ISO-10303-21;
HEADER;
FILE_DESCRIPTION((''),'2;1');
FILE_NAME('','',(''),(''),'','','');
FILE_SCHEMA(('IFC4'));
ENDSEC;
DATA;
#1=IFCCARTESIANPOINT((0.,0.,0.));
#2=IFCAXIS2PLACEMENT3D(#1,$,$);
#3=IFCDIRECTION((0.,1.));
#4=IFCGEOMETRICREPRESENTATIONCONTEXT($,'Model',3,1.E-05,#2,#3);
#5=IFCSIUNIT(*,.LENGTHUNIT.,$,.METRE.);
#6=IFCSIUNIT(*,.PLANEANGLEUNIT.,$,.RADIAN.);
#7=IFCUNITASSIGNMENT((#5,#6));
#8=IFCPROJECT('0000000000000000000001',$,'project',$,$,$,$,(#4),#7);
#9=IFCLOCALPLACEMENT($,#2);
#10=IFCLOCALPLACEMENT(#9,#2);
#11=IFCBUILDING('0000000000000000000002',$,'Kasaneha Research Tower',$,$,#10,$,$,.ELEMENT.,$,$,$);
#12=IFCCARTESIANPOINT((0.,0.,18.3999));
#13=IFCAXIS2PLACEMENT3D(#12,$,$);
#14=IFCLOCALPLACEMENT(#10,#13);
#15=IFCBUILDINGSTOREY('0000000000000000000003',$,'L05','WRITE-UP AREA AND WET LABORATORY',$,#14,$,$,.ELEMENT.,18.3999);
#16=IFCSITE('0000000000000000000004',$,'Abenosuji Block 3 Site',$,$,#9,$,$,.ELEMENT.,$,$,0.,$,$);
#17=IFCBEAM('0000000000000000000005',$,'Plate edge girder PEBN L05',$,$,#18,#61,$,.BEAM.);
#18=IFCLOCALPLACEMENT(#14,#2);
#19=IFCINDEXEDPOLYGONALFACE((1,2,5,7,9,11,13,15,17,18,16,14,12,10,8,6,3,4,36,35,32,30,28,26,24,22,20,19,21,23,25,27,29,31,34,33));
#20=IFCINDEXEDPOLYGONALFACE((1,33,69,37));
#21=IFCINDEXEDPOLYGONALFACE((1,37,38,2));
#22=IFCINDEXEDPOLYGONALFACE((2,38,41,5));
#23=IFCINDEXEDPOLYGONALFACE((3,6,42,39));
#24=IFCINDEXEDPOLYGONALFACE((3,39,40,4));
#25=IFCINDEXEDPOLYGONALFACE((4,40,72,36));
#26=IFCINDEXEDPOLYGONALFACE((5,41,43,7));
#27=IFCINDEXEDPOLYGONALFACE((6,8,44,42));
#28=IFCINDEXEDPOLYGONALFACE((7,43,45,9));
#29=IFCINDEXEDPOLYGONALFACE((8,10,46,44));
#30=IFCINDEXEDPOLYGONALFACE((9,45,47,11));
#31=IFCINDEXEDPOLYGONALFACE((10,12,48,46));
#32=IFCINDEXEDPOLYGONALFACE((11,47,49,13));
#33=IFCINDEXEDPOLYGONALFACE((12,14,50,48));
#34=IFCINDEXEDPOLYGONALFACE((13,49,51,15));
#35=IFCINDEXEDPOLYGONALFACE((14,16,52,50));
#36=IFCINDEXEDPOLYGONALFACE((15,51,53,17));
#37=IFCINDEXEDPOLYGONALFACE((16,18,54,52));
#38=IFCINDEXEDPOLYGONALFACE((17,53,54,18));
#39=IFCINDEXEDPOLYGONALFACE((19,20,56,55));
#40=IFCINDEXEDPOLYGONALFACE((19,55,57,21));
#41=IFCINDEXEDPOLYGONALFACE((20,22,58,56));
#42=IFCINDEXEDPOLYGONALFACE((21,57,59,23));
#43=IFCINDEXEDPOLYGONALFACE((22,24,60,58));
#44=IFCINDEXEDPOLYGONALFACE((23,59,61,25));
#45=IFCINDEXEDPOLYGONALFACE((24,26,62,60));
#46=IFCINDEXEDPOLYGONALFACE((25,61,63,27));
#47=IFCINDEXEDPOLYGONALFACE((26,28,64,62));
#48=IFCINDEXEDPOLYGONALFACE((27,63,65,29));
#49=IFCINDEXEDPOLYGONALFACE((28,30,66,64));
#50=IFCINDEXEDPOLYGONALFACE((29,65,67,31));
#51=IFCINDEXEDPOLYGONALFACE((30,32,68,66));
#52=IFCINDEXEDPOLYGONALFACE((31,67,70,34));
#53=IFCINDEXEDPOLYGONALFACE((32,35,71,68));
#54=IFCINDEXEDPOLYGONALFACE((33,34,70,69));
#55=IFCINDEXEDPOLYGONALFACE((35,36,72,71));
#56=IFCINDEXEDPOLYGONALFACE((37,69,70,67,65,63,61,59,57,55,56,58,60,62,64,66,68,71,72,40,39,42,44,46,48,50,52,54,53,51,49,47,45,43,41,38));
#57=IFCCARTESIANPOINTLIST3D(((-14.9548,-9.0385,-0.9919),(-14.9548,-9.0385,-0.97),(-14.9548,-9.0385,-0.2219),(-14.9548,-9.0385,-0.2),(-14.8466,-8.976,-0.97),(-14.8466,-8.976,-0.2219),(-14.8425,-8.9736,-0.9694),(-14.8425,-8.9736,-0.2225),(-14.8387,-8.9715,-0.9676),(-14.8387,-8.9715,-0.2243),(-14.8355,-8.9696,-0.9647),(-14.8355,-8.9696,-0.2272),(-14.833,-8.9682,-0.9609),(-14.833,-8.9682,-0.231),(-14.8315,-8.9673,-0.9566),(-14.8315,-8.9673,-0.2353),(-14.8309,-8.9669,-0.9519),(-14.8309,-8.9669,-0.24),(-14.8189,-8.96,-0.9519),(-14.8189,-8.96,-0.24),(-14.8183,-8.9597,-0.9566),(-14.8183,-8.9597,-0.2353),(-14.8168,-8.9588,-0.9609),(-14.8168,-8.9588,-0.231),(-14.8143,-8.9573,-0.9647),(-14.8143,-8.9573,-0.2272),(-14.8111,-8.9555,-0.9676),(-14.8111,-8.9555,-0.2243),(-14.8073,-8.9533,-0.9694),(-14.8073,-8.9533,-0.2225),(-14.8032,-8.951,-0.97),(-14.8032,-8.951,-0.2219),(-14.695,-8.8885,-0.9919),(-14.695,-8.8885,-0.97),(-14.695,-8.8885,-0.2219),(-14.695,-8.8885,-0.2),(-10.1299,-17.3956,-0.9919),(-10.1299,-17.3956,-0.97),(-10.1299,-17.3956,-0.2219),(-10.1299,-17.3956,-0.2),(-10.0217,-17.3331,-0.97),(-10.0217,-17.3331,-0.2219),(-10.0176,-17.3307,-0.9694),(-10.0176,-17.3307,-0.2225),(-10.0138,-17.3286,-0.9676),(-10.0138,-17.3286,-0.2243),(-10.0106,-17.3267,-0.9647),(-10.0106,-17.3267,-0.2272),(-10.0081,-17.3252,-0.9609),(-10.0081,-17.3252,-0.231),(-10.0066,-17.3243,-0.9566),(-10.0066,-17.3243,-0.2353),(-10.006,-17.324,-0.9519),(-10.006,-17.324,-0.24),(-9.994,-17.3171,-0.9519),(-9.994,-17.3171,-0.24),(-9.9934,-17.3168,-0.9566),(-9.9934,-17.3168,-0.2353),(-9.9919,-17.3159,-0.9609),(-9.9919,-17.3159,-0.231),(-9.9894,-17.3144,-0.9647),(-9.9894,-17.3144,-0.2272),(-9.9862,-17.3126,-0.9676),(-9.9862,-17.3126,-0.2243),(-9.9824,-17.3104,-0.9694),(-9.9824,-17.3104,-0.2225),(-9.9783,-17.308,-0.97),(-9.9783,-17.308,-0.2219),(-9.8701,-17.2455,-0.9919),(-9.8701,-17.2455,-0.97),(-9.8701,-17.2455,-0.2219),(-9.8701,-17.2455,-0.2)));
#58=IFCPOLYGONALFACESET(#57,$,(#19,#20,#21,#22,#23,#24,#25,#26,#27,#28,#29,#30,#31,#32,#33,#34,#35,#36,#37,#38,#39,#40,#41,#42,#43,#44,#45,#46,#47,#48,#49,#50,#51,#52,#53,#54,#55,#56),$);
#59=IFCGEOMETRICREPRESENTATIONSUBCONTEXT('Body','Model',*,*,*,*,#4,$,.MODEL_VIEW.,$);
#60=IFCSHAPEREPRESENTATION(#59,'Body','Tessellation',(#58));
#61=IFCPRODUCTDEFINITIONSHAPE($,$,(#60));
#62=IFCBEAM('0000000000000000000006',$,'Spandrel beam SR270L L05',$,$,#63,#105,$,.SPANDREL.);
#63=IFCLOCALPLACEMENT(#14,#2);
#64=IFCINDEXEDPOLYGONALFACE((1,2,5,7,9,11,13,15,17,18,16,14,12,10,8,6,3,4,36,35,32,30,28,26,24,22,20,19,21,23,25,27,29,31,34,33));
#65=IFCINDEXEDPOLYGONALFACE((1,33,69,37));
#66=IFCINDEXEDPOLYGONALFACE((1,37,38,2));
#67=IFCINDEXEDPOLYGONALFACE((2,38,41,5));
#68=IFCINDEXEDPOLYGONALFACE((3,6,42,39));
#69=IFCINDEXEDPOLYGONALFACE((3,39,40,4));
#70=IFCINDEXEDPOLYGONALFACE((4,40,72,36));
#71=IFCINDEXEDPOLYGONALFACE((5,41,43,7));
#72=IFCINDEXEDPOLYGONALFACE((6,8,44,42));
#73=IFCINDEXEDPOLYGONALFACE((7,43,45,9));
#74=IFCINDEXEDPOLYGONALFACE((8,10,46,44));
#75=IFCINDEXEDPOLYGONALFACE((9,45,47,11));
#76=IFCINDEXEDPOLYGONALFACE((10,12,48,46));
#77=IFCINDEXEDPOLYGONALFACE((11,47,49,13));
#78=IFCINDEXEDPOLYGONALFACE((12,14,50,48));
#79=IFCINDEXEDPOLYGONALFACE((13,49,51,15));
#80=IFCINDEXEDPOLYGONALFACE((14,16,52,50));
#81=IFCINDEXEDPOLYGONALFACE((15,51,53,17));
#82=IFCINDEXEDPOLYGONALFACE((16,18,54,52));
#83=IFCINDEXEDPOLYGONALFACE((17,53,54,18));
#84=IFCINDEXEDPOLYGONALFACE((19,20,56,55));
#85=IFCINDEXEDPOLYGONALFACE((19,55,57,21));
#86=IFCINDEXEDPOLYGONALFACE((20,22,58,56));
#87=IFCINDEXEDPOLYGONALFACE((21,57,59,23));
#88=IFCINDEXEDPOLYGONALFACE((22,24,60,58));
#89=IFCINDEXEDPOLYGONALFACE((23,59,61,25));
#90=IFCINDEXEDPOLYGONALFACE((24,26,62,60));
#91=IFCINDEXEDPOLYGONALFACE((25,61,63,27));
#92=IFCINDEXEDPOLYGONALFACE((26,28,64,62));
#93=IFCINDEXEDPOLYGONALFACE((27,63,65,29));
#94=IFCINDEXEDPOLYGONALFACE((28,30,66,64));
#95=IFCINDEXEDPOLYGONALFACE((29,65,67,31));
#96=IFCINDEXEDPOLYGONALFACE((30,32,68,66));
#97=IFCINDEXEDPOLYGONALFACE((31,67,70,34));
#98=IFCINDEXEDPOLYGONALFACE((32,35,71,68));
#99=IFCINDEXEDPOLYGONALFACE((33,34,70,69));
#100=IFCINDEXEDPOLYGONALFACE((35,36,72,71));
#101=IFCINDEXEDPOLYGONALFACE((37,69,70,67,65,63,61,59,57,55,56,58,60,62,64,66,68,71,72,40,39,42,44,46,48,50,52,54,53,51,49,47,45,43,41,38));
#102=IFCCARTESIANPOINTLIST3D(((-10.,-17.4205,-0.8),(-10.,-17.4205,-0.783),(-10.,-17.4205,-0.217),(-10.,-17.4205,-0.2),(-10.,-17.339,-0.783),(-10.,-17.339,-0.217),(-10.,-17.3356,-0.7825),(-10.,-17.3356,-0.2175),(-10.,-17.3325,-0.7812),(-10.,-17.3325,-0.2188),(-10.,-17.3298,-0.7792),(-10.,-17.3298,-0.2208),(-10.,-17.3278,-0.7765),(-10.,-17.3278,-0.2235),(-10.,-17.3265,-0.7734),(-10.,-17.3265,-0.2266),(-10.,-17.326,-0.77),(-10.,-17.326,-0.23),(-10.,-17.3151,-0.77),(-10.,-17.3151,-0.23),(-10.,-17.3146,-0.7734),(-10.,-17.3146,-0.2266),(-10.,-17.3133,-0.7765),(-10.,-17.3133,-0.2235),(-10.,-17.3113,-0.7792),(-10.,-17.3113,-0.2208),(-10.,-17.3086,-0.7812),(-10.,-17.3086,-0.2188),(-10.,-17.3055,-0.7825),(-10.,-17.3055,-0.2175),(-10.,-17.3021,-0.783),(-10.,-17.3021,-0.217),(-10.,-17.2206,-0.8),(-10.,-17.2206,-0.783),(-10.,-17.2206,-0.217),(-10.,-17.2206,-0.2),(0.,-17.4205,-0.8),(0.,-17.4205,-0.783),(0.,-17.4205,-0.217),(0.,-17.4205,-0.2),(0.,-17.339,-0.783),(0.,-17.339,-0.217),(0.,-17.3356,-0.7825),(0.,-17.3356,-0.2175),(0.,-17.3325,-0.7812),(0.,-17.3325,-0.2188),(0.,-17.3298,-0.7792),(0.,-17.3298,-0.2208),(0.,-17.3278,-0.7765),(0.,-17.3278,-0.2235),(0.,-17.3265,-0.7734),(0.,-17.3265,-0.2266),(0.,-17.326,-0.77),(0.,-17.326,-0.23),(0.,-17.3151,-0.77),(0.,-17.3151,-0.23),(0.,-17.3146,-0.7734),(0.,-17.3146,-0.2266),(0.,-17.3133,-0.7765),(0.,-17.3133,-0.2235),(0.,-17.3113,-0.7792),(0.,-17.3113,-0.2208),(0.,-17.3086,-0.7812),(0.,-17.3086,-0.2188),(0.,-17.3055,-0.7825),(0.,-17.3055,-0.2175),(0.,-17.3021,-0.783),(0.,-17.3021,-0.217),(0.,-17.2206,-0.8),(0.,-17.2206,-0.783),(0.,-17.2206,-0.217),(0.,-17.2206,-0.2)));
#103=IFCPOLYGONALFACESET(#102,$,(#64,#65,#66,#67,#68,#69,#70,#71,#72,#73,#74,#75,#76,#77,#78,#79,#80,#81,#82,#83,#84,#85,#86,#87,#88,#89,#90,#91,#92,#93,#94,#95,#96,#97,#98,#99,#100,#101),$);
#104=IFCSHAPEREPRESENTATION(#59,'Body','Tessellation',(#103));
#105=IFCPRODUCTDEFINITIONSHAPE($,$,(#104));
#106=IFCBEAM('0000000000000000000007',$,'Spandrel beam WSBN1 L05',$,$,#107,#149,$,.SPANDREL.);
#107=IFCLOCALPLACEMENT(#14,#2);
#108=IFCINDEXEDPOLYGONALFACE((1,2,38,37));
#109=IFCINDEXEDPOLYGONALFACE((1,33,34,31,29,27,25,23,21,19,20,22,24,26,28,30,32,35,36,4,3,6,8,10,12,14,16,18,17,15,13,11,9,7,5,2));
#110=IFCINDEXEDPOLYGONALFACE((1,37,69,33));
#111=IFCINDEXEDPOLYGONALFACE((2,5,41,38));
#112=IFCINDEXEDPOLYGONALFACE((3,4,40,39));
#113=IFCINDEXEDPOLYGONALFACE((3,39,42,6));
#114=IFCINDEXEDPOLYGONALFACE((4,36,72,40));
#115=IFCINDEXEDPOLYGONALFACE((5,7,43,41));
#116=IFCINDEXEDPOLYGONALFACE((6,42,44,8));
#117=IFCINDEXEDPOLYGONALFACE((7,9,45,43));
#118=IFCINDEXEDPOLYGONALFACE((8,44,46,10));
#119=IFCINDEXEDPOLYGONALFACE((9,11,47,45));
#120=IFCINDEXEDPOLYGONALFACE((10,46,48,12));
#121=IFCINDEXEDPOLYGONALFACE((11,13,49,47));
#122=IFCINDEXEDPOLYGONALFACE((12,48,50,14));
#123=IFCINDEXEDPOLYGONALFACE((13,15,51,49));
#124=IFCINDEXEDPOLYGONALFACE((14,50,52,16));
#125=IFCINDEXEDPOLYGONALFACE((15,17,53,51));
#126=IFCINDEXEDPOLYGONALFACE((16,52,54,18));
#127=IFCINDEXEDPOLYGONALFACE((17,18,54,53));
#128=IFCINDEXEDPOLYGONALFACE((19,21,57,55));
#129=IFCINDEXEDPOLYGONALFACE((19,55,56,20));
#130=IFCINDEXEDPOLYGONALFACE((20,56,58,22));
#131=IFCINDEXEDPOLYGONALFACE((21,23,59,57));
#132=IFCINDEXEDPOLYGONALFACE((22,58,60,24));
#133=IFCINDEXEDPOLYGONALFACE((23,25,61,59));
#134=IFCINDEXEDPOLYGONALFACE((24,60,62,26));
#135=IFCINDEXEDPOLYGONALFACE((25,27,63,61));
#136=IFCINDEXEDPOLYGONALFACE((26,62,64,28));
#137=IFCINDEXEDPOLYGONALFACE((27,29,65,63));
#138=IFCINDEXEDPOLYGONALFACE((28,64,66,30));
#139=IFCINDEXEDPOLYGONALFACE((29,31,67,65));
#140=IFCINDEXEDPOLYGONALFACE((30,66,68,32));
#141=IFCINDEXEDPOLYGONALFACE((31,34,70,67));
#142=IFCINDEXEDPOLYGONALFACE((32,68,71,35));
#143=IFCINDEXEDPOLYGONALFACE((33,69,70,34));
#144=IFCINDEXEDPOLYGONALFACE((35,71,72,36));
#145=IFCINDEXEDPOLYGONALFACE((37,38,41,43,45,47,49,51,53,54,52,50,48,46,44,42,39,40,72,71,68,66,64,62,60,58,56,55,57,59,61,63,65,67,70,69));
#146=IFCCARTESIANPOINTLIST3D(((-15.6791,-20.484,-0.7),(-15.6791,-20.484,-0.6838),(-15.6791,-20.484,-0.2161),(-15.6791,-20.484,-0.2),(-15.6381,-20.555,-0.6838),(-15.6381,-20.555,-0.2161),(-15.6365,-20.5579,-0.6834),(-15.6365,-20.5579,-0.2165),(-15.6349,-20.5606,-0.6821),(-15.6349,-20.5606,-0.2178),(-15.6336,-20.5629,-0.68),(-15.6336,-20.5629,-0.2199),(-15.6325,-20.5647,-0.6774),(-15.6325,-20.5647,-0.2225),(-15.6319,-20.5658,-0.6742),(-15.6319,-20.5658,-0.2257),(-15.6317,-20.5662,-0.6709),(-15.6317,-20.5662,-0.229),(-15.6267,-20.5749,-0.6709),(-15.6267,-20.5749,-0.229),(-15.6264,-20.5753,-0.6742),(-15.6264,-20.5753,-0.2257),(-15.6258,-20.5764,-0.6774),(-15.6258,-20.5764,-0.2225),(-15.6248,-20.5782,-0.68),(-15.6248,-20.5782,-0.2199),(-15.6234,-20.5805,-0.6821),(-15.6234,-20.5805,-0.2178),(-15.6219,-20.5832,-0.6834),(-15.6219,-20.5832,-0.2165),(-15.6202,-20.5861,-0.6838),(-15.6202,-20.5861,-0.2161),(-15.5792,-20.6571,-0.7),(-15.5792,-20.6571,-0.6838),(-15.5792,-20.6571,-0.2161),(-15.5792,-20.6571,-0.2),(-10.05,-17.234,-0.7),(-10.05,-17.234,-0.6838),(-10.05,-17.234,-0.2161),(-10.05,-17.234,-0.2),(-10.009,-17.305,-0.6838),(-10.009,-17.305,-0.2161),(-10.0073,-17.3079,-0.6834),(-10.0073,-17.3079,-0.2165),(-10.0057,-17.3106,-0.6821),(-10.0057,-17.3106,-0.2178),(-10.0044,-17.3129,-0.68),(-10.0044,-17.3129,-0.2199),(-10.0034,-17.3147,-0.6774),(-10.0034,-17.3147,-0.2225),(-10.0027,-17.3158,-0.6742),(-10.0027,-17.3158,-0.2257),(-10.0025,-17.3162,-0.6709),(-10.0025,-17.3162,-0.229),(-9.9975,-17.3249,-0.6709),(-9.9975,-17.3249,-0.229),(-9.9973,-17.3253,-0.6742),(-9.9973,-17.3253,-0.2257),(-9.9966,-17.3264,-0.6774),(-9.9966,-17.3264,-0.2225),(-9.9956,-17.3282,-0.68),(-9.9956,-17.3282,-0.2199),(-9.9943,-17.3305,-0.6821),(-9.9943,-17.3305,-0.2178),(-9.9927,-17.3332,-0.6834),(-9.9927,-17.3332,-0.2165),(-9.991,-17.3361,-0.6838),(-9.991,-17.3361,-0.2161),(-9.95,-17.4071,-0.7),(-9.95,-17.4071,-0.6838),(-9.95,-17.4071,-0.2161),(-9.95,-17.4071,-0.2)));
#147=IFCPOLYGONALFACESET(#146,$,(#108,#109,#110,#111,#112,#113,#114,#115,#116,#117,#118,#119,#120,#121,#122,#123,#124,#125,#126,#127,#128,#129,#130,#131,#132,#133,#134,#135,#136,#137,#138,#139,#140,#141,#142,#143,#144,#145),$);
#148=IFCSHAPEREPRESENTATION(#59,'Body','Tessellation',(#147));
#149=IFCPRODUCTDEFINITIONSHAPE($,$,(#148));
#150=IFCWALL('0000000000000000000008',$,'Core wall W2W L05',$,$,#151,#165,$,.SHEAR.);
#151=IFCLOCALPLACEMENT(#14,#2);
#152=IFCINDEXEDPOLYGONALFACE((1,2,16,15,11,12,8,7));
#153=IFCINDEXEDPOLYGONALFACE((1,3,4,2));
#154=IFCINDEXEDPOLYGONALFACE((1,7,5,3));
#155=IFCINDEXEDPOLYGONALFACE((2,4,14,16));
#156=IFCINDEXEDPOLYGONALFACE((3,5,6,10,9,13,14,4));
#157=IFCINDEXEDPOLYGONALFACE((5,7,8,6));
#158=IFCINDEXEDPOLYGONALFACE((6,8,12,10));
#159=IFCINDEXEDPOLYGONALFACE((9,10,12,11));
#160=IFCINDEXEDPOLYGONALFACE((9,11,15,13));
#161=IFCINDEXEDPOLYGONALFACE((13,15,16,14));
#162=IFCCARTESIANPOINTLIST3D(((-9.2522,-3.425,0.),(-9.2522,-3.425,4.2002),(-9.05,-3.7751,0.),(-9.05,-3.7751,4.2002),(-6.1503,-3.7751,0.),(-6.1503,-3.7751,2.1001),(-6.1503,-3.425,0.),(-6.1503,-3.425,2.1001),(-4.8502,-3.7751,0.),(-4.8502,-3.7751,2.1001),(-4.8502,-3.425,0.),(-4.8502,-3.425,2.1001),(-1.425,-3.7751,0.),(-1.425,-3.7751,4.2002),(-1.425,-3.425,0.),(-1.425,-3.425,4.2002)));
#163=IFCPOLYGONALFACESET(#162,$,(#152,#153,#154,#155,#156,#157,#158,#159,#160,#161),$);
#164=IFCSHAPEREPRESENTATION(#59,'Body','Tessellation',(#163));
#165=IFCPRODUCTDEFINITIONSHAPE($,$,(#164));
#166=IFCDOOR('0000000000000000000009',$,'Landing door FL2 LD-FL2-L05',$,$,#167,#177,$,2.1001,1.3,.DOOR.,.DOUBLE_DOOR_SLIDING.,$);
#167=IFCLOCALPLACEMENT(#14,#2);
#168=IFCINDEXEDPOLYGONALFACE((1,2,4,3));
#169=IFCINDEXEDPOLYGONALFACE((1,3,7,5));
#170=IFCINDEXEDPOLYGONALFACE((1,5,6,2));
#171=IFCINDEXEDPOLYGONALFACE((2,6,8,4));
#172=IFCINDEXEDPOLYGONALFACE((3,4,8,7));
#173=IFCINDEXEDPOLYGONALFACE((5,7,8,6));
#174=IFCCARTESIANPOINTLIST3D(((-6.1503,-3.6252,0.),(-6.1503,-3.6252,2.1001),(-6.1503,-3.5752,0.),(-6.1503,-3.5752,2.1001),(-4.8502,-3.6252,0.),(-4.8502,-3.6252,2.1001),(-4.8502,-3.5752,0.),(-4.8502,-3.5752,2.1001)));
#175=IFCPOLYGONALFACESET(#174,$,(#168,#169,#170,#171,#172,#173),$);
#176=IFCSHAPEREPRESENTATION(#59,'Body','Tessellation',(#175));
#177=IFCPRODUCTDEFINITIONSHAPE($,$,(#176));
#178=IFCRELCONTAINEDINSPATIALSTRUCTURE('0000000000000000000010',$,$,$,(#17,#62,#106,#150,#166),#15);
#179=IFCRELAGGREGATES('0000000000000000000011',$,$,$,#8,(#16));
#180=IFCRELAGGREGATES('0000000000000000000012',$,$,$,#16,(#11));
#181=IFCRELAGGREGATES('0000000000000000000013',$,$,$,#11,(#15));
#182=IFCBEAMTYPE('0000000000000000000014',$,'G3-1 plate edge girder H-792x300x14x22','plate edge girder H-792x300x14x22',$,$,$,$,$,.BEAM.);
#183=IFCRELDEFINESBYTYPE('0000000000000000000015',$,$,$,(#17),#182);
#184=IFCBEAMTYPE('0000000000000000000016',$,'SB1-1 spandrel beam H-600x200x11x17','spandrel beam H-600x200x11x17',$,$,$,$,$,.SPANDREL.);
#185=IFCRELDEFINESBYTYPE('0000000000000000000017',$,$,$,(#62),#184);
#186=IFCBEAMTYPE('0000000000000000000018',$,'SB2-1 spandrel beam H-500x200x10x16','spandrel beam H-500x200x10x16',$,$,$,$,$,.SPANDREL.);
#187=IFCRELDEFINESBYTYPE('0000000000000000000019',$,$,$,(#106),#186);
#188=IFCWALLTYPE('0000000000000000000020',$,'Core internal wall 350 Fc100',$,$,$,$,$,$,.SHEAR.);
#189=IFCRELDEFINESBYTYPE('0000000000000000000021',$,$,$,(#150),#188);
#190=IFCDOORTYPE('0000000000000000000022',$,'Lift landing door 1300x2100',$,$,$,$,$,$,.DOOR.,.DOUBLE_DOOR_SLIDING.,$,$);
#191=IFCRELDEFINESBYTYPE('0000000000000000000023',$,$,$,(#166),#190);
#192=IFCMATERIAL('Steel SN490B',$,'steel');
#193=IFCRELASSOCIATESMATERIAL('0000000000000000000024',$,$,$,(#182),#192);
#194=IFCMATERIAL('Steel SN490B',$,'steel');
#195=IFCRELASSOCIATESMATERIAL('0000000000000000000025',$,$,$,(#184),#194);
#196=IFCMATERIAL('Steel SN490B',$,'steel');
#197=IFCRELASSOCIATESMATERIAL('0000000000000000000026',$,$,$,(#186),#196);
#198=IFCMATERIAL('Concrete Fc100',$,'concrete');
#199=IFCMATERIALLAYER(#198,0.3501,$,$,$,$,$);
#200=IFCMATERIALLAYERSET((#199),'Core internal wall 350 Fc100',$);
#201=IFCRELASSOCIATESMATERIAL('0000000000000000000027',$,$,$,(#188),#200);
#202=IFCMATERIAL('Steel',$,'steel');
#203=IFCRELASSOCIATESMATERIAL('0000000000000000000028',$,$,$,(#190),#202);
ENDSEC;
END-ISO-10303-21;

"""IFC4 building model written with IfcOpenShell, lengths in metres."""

from ifc_helpers import new_model, si_unit, direction, frame, frame_2d, origin, origin_2d, place, context, subcontext, project, spatial, polyline, rectangle, i_section, outline, extrude, material, layer, layer_set, material_profile, profile_set, type_object, element, fill, save


model = new_model("IFC4")

# Units and contexts
model_context = context("Model", 3, precision=1e-05, world=origin(), true_north=direction((0.0, 1.0)))
body_context = subcontext(model_context, "Body", "Model", "MODEL_VIEW")
ifc_project = project(units=[si_unit("LENGTHUNIT", "METRE"), si_unit("PLANEANGLEUNIT", "RADIAN")], contexts=[model_context])

# Site, building, storey
site_placement = place(None, origin())
site = spatial("IfcSite", under=ifc_project, at=site_placement, Name="Abenosuji Block 3 Site", CompositionType="ELEMENT", RefElevation=0.0)
building_placement = place(site_placement, origin())
building = spatial("IfcBuilding", under=site, at=building_placement, Name="Kasaneha Research Tower", CompositionType="ELEMENT")
storey_placement = place(building_placement, frame((0.0, 0.0, 18.3999)))
storey = spatial("IfcBuildingStorey", under=building, at=storey_placement, Name="L05", Description="WRITE-UP AREA AND WET LABORATORY", CompositionType="ELEMENT", Elevation=18.3999)

# Beams
ifc_material_1 = material(Name="Steel SN490B", Category="steel")
ifc_material_profile_1 = material_profile(ifc_material_1, i_section(OverallWidth=0.3, OverallDepth=0.792, WebThickness=0.0139, FlangeThickness=0.022, FilletRadius=0.0181, at=origin_2d()), Name="H-792x300x14x22")
ifc_profile_set_1 = profile_set([ifc_material_profile_1], Name="Steel SN490B")
beam_type_1 = type_object("IfcBeamType", Name="G3-1 plate edge girder H-792x300x14x22", Description="plate edge girder H-792x300x14x22", PredefinedType="BEAM", material=ifc_profile_set_1)
beam_1_placement = place(storey_placement, frame((-10.0, -17.3206, -0.5959), z_axis=(-0.499995, 0.866028, 0.0), x_axis=(-0.866028, -0.499995, 0.0)))
element("IfcBeam", 1, at=beam_1_placement, inside=storey, type_object=beam_type_1, Name="Plate edge girder PEBN L05", PredefinedType="BEAM", context=body_context, shape_type="SweptSolid", body=[
    extrude(i_section(OverallWidth=0.3, OverallDepth=0.792, WebThickness=0.0139, FlangeThickness=0.022, FilletRadius=0.0181, at=origin_2d()), origin(), (0.0, 0.0, 1.0), 9.6499),
])
ifc_material_2 = material(Name="Steel SN490B", Category="steel")
ifc_material_profile_2 = material_profile(ifc_material_2, i_section(OverallWidth=0.2, OverallDepth=0.6001, WebThickness=0.011, FlangeThickness=0.0171, FilletRadius=0.0129, at=origin_2d()), Name="H-600x200x11x17")
ifc_profile_set_2 = profile_set([ifc_material_profile_2], Name="Steel SN490B")
beam_type_2 = type_object("IfcBeamType", Name="SB1-1 spandrel beam H-600x200x11x17", Description="spandrel beam H-600x200x11x17", PredefinedType="SPANDREL", material=ifc_profile_set_2)
beam_2_placement = place(storey_placement, frame((-10.0, -17.3206, -0.5), z_axis=(1.0, 0.0, 0.0), x_axis=(0.0, 1.0, 0.0)))
element("IfcBeam", 2, at=beam_2_placement, inside=storey, type_object=beam_type_2, Name="Spandrel beam SR270L L05", PredefinedType="SPANDREL", context=body_context, shape_type="SweptSolid", body=[
    extrude(i_section(OverallWidth=0.2, OverallDepth=0.6001, WebThickness=0.011, FlangeThickness=0.0171, FilletRadius=0.0129, at=origin_2d()), origin(), (0.0, 0.0, 1.0), 10.0),
])
ifc_material_3 = material(Name="Steel SN490B", Category="steel")
ifc_material_profile_3 = material_profile(ifc_material_3, i_section(OverallWidth=0.2, OverallDepth=0.5, WebThickness=0.01, FlangeThickness=0.0161, FilletRadius=0.0129, at=origin_2d()), Name="H-500x200x10x16")
ifc_profile_set_3 = profile_set([ifc_material_profile_3], Name="Steel SN490B")
beam_type_3 = type_object("IfcBeamType", Name="SB2-1 spandrel beam H-500x200x10x16", Description="spandrel beam H-500x200x10x16", PredefinedType="SPANDREL", material=ifc_profile_set_3)
beam_3_placement = place(storey_placement, frame((-10.0, -17.3206, -0.45), z_axis=(-0.866025, -0.500001, 0.0), x_axis=(0.500001, -0.866025, 0.0)))
element("IfcBeam", 3, at=beam_3_placement, inside=storey, type_object=beam_type_3, Name="Spandrel beam WSBN1 L05", PredefinedType="SPANDREL", context=body_context, shape_type="SweptSolid", body=[
    extrude(i_section(OverallWidth=0.2, OverallDepth=0.5, WebThickness=0.01, FlangeThickness=0.0161, FilletRadius=0.0129, at=origin_2d()), origin(), (0.0, 0.0, 1.0), 6.5),
])

# Wall, opening, door
ifc_material_4 = material(Name="Concrete Fc100", Category="concrete")
ifc_layer_1 = layer(ifc_material_4, 0.3501)
ifc_layer_set_1 = layer_set([ifc_layer_1], Name="Core internal wall 350 Fc100")
wall_type_1 = type_object("IfcWallType", Name="Core internal wall 350 Fc100", PredefinedType="SHEAR", material=ifc_layer_set_1)
wall_1_placement = place(storey_placement, frame((-9.1511, -3.6001, 0.0), z_axis=(0.0, 0.0, 1.0), x_axis=(1.0, 0.0, 0.0)))
wall_1 = element("IfcWall", 4, at=wall_1_placement, inside=storey, type_object=wall_type_1, Name="Core wall W2W L05", PredefinedType="SHEAR", context=body_context, shape_type="SweptSolid", body=[
    extrude(outline(polyline([(0.1011, -0.175), (3.001, -0.175), (4.301, -0.175), (7.7261, -0.175), (7.7261, 0.175), (4.301, 0.175), (3.001, 0.175), (-0.1011, 0.175), (0.1011, -0.175)])), origin(), (0.0, 0.0, 1.0), 4.2002),
])
opening_1_placement = place(wall_1_placement, frame((3.001, 0.0, 0.0)))
opening_1 = element("IfcOpeningElement", 5, at=opening_1_placement, cuts=wall_1, PredefinedType="OPENING", context=body_context, shape_type="SweptSolid", body=[
    extrude(rectangle(XDim=1.3, YDim=2.1001, at=frame_2d((0.6499, 1.05))), frame((0.0, 0.1851, 0.0), z_axis=(0.0, -1.0, 0.0), x_axis=(1.0, 0.0, 0.0)), (0.0, 0.0, 1.0), 0.3701),
])
ifc_material_5 = material(Name="Steel", Category="steel")
door_type_1 = type_object("IfcDoorType", Name="Lift landing door 1300x2100", OperationType="DOUBLE_DOOR_SLIDING", PredefinedType="DOOR", material=ifc_material_5)
door_1_placement = place(opening_1_placement, origin())
door_1 = element("IfcDoor", 6, at=door_1_placement, inside=storey, type_object=door_type_1, Name="Landing door FL2 LD-FL2-L05", OperationType="DOUBLE_DOOR_SLIDING", OverallHeight=2.1001, OverallWidth=1.3, PredefinedType="DOOR", context=body_context, shape_type="SweptSolid", body=[
    extrude(rectangle(XDim=1.3, YDim=2.1001, at=frame_2d((0.6499, 1.05))), frame((0.0, 0.0249, 0.0), z_axis=(0.0, -1.0, 0.0), x_axis=(1.0, 0.0, 0.0)), (0.0, 0.0, 1.0), 0.05),
])
fill(opening_1, door_1)

save(model, "model.ifc")
